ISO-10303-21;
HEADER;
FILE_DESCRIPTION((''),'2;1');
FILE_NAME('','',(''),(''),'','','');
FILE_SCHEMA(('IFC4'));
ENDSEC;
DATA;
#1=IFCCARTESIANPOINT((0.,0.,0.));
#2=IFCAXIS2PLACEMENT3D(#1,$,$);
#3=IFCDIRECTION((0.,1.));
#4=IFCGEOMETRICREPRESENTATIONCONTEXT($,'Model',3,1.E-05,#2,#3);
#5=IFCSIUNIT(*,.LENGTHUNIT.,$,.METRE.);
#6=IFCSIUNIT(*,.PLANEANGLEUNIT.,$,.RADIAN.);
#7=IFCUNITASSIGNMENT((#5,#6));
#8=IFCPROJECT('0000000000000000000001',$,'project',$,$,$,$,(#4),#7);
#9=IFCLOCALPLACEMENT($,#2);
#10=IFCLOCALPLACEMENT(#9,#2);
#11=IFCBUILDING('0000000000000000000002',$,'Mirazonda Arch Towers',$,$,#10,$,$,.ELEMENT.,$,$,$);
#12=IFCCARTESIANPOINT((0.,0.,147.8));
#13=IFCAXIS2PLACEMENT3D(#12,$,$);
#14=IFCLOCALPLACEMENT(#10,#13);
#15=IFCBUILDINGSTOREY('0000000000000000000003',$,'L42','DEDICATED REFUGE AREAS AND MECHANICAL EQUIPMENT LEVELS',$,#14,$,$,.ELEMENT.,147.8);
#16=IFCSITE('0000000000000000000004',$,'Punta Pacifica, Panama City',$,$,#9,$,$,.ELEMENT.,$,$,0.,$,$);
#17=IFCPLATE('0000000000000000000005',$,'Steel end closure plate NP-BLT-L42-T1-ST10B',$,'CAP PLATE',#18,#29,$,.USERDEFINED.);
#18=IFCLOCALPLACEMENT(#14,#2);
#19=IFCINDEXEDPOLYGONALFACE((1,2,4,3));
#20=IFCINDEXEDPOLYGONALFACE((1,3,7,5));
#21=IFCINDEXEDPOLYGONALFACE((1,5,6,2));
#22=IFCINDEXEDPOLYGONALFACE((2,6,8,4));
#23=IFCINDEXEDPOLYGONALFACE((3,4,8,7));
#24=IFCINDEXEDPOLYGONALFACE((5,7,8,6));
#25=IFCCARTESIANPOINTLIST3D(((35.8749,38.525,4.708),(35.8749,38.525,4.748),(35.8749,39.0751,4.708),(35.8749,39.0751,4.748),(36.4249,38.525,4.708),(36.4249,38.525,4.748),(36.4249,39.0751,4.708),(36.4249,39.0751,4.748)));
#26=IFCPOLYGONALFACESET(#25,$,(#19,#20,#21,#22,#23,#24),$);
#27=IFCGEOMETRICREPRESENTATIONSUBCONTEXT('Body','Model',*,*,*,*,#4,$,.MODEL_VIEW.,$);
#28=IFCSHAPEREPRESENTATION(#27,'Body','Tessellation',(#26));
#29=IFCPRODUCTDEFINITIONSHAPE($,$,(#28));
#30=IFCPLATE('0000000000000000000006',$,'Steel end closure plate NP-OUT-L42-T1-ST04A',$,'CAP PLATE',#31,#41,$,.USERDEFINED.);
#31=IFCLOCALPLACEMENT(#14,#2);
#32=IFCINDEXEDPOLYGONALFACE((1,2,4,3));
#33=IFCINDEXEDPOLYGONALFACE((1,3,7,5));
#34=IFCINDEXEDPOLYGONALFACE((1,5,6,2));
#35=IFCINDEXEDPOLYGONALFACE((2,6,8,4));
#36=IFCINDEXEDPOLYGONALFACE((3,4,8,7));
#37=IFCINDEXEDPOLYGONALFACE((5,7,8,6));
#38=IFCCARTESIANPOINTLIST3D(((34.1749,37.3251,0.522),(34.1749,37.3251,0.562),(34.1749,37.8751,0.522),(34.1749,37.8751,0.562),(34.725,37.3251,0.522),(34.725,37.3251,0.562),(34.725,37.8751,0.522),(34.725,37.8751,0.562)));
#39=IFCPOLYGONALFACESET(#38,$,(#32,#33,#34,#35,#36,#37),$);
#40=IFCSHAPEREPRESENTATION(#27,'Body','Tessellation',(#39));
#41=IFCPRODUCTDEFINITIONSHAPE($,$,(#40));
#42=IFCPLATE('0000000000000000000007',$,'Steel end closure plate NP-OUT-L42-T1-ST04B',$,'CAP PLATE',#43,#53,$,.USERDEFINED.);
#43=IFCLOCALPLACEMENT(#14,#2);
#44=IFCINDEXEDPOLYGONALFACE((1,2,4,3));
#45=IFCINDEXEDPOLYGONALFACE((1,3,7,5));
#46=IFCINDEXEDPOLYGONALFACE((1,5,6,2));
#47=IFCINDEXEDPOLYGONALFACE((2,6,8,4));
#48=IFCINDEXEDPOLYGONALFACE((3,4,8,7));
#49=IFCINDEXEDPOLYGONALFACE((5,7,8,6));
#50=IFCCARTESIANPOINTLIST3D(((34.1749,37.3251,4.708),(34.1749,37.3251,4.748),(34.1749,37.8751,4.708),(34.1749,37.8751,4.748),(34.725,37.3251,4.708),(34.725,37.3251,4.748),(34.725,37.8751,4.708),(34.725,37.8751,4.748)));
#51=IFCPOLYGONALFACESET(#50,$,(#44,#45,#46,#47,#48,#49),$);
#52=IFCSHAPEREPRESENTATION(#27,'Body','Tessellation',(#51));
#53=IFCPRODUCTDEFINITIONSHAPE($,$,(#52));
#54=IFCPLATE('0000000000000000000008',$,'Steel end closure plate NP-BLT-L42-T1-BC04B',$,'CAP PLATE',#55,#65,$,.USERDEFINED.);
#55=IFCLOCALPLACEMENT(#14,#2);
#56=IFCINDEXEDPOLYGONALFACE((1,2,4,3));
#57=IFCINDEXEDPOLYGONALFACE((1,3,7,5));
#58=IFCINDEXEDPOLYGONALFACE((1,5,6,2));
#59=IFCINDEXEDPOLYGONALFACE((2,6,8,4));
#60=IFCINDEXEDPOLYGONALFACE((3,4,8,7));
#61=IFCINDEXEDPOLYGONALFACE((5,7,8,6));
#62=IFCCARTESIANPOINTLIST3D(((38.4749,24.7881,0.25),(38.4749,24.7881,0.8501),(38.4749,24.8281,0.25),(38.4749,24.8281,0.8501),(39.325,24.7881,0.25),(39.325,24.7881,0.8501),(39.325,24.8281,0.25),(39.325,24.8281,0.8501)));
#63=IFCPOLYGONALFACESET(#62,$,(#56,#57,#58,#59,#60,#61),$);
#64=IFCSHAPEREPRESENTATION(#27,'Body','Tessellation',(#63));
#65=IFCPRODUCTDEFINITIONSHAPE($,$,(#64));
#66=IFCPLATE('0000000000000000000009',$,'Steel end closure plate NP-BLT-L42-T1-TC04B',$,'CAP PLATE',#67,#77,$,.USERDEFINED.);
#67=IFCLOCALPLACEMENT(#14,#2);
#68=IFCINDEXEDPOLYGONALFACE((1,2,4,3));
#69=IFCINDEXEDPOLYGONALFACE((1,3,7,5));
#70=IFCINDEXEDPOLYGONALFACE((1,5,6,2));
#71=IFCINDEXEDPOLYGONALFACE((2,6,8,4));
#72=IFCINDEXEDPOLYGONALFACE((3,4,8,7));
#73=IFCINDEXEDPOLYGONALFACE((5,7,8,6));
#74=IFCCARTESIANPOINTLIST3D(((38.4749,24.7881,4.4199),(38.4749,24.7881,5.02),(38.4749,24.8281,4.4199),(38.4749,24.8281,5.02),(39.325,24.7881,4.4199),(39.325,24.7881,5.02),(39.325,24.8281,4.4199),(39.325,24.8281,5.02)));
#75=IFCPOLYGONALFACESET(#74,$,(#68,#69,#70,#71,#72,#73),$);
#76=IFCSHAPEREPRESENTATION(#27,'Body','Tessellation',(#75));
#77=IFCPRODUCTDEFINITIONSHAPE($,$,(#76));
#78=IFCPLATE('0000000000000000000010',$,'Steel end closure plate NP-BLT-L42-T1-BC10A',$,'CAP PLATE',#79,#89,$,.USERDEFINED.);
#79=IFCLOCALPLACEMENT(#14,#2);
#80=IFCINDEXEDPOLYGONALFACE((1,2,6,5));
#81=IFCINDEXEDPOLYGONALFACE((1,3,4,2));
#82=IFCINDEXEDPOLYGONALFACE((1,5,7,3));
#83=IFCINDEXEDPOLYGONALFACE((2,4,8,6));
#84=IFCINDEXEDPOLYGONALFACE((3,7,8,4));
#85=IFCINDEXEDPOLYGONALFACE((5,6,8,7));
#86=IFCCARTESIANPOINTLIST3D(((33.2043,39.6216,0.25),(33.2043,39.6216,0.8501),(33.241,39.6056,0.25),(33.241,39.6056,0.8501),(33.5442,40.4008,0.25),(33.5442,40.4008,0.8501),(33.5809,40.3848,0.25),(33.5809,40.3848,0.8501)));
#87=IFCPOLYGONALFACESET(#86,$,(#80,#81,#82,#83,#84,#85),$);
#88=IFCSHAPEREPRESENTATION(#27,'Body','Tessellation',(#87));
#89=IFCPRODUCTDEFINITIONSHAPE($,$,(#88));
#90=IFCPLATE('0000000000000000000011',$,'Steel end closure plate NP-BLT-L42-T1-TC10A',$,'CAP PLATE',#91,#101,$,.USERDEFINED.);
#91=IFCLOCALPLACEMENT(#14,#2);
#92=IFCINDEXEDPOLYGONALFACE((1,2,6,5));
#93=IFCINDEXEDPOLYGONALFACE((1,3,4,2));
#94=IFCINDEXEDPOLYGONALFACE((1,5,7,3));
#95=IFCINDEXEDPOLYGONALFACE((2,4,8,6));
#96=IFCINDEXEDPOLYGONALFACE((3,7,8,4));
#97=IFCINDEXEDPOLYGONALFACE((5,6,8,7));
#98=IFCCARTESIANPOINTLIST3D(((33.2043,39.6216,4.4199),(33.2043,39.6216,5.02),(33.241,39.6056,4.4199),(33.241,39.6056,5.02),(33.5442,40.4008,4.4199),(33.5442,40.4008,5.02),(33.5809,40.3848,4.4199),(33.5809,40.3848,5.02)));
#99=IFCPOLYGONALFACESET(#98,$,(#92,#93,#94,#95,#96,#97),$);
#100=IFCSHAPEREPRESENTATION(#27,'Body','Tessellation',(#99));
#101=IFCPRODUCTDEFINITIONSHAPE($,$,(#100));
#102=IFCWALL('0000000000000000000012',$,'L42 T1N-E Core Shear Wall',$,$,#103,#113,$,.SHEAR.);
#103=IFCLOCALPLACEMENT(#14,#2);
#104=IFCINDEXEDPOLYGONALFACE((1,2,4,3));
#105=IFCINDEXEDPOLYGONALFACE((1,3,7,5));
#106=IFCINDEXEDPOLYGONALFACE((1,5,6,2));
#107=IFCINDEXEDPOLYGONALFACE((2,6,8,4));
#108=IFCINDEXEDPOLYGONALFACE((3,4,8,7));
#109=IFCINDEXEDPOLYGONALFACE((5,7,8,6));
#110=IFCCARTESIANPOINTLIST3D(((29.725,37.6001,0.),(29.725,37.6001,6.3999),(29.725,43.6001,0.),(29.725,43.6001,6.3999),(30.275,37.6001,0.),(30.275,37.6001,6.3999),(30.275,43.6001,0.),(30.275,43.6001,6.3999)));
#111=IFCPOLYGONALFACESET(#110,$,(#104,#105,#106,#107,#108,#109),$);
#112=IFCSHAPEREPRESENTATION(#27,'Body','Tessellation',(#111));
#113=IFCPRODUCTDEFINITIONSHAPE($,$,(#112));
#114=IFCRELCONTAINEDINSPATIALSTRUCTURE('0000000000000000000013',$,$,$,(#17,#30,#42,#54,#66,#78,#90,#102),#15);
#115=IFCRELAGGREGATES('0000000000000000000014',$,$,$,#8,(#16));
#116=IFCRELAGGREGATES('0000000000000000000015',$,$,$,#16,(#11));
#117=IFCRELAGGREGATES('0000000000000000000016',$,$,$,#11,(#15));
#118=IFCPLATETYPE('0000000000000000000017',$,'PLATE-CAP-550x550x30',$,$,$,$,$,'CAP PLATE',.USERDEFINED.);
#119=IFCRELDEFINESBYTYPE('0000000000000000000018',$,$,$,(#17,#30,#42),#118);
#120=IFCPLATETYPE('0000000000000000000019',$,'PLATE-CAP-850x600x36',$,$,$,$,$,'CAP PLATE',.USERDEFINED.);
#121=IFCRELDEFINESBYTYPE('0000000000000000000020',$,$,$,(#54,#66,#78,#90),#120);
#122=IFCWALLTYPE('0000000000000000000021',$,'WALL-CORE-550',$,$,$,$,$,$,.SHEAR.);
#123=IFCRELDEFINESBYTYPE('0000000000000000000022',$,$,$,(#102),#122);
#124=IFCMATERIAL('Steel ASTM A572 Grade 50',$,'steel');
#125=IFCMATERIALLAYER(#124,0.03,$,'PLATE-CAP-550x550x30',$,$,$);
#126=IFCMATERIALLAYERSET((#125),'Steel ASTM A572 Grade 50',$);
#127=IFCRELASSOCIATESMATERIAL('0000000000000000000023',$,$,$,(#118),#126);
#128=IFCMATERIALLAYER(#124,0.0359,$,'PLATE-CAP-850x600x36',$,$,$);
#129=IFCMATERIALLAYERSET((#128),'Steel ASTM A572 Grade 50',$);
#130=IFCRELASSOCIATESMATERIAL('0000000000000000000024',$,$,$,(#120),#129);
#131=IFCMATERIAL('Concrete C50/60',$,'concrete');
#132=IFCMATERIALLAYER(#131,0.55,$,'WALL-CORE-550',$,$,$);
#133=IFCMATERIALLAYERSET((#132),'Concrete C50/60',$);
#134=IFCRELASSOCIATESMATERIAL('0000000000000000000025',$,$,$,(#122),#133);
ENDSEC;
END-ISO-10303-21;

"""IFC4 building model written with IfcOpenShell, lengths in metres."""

from ifc_helpers import new_model, si_unit, direction, frame, frame_2d, origin, origin_2d, place, context, subcontext, project, spatial, rectangle, extrude, material, layer, layer_set, type_object, element, save


model = new_model("IFC4")

# Units and contexts
model_context = context("Model", 3, precision=1e-05, world=origin(), true_north=direction((0.0, 1.0)))
body_context = subcontext(model_context, "Body", "Model", "MODEL_VIEW")
ifc_project = project(units=[si_unit("LENGTHUNIT", "METRE"), si_unit("PLANEANGLEUNIT", "RADIAN")], contexts=[model_context])

# Site, building, storey
site_placement = place(None, origin())
site = spatial("IfcSite", under=ifc_project, at=site_placement, Name="Punta Pacifica, Panama City", CompositionType="ELEMENT", RefElevation=0.0)
building_placement = place(site_placement, origin())
building = spatial("IfcBuilding", under=site, at=building_placement, Name="Mirazonda Arch Towers", CompositionType="ELEMENT")
storey_placement = place(building_placement, frame((0.0, 0.0, 147.8)))
storey = spatial("IfcBuildingStorey", under=building, at=storey_placement, Name="L42", Description="DEDICATED REFUGE AREAS AND MECHANICAL EQUIPMENT LEVELS", CompositionType="ELEMENT", Elevation=147.8)

# Shared definitions
ifc_material_1 = material(Name="Concrete C50/60", Category="concrete")
ifc_material_2 = material(Name="Steel ASTM A572 Grade 50", Category="steel")

# Plates
ifc_layer_1 = layer(ifc_material_2, 0.03, Name="PLATE-CAP-550x550x30")
ifc_layer_set_1 = layer_set([ifc_layer_1], Name="Steel ASTM A572 Grade 50")
plate_type_1 = type_object("IfcPlateType", Name="PLATE-CAP-550x550x30", ElementType="CAP PLATE", PredefinedType="USERDEFINED", material=ifc_layer_set_1)
for number, where, z_axis, x_axis, name in (
    (1, (36.1499, 38.8, 4.708), (0.0, 0.0, 1.0), (1.0, 0.0, 0.0), "Steel end closure plate NP-BLT-L42-T1-ST10B"),
    (2, (34.45, 37.6001, 0.522), (0.0, 0.0, 1.0), (1.0, 0.0, 0.0), "Steel end closure plate NP-OUT-L42-T1-ST04A"),
    (3, (34.45, 37.6001, 4.708), (0.0, 0.0, 1.0), (1.0, 0.0, 0.0), "Steel end closure plate NP-OUT-L42-T1-ST04B"),
):
    element("IfcPlate", number, at=place(storey_placement, frame(where, z_axis=z_axis, x_axis=x_axis)), inside=storey, type_object=plate_type_1, Name=name, ObjectType="CAP PLATE", PredefinedType="USERDEFINED", context=body_context, shape_type="SweptSolid", body=[
        extrude(rectangle(XDim=0.55, YDim=0.55, at=origin_2d()), origin(), (0.0, 0.0, 1.0), 0.04),
    ])
ifc_layer_2 = layer(ifc_material_2, 0.0359, Name="PLATE-CAP-850x600x36")
ifc_layer_set_2 = layer_set([ifc_layer_2], Name="Steel ASTM A572 Grade 50")
plate_type_2 = type_object("IfcPlateType", Name="PLATE-CAP-850x600x36", ElementType="CAP PLATE", PredefinedType="USERDEFINED", material=ifc_layer_set_2)
for number, where, z_axis, x_axis, name in (
    (4, (38.8999, 24.8081, 0.25), (0.0, 0.0, 1.0), (0.0, 1.0, 0.0), "Steel end closure plate NP-BLT-L42-T1-BC04B"),
    (5, (38.8999, 24.8081, 4.4199), (0.0, 0.0, 1.0), (0.0, 1.0, 0.0), "Steel end closure plate NP-BLT-L42-T1-TC04B"),
    (6, (33.3926, 40.0032, 0.25), (0.0, 0.0, 1.0), (-0.916572, 0.399869, 0.0), "Steel end closure plate NP-BLT-L42-T1-BC10A"),
    (7, (33.3926, 40.0032, 4.4199), (0.0, 0.0, 1.0), (-0.916572, 0.399869, 0.0), "Steel end closure plate NP-BLT-L42-T1-TC10A"),
):
    element("IfcPlate", number, at=place(storey_placement, frame(where, z_axis=z_axis, x_axis=x_axis)), inside=storey, type_object=plate_type_2, Name=name, ObjectType="CAP PLATE", PredefinedType="USERDEFINED", context=body_context, shape_type="SweptSolid", body=[
        extrude(rectangle(XDim=0.04, YDim=0.8501, at=origin_2d()), origin(), (0.0, 0.0, 1.0), 0.6001),
    ])

# Wall
ifc_layer_3 = layer(ifc_material_1, 0.55, Name="WALL-CORE-550")
ifc_layer_set_3 = layer_set([ifc_layer_3], Name="Concrete C50/60")
wall_type = type_object("IfcWallType", Name="WALL-CORE-550", PredefinedType="SHEAR", material=ifc_layer_set_3)
wall_placement = place(storey_placement, frame((30.0, 37.6001, 0.0), z_axis=(0.0, 0.0, 1.0), x_axis=(0.0, 1.0, 0.0)))
element("IfcWall", 8, at=wall_placement, inside=storey, type_object=wall_type, Name="L42 T1N-E Core Shear Wall", PredefinedType="SHEAR", context=body_context, shape_type="SweptSolid", body=[
    extrude(rectangle(XDim=6.0, YDim=0.55, at=frame_2d((3.0, 0.0))), origin(), (0.0, 0.0, 1.0), 6.3999),
])

save(model, "model.ifc")
